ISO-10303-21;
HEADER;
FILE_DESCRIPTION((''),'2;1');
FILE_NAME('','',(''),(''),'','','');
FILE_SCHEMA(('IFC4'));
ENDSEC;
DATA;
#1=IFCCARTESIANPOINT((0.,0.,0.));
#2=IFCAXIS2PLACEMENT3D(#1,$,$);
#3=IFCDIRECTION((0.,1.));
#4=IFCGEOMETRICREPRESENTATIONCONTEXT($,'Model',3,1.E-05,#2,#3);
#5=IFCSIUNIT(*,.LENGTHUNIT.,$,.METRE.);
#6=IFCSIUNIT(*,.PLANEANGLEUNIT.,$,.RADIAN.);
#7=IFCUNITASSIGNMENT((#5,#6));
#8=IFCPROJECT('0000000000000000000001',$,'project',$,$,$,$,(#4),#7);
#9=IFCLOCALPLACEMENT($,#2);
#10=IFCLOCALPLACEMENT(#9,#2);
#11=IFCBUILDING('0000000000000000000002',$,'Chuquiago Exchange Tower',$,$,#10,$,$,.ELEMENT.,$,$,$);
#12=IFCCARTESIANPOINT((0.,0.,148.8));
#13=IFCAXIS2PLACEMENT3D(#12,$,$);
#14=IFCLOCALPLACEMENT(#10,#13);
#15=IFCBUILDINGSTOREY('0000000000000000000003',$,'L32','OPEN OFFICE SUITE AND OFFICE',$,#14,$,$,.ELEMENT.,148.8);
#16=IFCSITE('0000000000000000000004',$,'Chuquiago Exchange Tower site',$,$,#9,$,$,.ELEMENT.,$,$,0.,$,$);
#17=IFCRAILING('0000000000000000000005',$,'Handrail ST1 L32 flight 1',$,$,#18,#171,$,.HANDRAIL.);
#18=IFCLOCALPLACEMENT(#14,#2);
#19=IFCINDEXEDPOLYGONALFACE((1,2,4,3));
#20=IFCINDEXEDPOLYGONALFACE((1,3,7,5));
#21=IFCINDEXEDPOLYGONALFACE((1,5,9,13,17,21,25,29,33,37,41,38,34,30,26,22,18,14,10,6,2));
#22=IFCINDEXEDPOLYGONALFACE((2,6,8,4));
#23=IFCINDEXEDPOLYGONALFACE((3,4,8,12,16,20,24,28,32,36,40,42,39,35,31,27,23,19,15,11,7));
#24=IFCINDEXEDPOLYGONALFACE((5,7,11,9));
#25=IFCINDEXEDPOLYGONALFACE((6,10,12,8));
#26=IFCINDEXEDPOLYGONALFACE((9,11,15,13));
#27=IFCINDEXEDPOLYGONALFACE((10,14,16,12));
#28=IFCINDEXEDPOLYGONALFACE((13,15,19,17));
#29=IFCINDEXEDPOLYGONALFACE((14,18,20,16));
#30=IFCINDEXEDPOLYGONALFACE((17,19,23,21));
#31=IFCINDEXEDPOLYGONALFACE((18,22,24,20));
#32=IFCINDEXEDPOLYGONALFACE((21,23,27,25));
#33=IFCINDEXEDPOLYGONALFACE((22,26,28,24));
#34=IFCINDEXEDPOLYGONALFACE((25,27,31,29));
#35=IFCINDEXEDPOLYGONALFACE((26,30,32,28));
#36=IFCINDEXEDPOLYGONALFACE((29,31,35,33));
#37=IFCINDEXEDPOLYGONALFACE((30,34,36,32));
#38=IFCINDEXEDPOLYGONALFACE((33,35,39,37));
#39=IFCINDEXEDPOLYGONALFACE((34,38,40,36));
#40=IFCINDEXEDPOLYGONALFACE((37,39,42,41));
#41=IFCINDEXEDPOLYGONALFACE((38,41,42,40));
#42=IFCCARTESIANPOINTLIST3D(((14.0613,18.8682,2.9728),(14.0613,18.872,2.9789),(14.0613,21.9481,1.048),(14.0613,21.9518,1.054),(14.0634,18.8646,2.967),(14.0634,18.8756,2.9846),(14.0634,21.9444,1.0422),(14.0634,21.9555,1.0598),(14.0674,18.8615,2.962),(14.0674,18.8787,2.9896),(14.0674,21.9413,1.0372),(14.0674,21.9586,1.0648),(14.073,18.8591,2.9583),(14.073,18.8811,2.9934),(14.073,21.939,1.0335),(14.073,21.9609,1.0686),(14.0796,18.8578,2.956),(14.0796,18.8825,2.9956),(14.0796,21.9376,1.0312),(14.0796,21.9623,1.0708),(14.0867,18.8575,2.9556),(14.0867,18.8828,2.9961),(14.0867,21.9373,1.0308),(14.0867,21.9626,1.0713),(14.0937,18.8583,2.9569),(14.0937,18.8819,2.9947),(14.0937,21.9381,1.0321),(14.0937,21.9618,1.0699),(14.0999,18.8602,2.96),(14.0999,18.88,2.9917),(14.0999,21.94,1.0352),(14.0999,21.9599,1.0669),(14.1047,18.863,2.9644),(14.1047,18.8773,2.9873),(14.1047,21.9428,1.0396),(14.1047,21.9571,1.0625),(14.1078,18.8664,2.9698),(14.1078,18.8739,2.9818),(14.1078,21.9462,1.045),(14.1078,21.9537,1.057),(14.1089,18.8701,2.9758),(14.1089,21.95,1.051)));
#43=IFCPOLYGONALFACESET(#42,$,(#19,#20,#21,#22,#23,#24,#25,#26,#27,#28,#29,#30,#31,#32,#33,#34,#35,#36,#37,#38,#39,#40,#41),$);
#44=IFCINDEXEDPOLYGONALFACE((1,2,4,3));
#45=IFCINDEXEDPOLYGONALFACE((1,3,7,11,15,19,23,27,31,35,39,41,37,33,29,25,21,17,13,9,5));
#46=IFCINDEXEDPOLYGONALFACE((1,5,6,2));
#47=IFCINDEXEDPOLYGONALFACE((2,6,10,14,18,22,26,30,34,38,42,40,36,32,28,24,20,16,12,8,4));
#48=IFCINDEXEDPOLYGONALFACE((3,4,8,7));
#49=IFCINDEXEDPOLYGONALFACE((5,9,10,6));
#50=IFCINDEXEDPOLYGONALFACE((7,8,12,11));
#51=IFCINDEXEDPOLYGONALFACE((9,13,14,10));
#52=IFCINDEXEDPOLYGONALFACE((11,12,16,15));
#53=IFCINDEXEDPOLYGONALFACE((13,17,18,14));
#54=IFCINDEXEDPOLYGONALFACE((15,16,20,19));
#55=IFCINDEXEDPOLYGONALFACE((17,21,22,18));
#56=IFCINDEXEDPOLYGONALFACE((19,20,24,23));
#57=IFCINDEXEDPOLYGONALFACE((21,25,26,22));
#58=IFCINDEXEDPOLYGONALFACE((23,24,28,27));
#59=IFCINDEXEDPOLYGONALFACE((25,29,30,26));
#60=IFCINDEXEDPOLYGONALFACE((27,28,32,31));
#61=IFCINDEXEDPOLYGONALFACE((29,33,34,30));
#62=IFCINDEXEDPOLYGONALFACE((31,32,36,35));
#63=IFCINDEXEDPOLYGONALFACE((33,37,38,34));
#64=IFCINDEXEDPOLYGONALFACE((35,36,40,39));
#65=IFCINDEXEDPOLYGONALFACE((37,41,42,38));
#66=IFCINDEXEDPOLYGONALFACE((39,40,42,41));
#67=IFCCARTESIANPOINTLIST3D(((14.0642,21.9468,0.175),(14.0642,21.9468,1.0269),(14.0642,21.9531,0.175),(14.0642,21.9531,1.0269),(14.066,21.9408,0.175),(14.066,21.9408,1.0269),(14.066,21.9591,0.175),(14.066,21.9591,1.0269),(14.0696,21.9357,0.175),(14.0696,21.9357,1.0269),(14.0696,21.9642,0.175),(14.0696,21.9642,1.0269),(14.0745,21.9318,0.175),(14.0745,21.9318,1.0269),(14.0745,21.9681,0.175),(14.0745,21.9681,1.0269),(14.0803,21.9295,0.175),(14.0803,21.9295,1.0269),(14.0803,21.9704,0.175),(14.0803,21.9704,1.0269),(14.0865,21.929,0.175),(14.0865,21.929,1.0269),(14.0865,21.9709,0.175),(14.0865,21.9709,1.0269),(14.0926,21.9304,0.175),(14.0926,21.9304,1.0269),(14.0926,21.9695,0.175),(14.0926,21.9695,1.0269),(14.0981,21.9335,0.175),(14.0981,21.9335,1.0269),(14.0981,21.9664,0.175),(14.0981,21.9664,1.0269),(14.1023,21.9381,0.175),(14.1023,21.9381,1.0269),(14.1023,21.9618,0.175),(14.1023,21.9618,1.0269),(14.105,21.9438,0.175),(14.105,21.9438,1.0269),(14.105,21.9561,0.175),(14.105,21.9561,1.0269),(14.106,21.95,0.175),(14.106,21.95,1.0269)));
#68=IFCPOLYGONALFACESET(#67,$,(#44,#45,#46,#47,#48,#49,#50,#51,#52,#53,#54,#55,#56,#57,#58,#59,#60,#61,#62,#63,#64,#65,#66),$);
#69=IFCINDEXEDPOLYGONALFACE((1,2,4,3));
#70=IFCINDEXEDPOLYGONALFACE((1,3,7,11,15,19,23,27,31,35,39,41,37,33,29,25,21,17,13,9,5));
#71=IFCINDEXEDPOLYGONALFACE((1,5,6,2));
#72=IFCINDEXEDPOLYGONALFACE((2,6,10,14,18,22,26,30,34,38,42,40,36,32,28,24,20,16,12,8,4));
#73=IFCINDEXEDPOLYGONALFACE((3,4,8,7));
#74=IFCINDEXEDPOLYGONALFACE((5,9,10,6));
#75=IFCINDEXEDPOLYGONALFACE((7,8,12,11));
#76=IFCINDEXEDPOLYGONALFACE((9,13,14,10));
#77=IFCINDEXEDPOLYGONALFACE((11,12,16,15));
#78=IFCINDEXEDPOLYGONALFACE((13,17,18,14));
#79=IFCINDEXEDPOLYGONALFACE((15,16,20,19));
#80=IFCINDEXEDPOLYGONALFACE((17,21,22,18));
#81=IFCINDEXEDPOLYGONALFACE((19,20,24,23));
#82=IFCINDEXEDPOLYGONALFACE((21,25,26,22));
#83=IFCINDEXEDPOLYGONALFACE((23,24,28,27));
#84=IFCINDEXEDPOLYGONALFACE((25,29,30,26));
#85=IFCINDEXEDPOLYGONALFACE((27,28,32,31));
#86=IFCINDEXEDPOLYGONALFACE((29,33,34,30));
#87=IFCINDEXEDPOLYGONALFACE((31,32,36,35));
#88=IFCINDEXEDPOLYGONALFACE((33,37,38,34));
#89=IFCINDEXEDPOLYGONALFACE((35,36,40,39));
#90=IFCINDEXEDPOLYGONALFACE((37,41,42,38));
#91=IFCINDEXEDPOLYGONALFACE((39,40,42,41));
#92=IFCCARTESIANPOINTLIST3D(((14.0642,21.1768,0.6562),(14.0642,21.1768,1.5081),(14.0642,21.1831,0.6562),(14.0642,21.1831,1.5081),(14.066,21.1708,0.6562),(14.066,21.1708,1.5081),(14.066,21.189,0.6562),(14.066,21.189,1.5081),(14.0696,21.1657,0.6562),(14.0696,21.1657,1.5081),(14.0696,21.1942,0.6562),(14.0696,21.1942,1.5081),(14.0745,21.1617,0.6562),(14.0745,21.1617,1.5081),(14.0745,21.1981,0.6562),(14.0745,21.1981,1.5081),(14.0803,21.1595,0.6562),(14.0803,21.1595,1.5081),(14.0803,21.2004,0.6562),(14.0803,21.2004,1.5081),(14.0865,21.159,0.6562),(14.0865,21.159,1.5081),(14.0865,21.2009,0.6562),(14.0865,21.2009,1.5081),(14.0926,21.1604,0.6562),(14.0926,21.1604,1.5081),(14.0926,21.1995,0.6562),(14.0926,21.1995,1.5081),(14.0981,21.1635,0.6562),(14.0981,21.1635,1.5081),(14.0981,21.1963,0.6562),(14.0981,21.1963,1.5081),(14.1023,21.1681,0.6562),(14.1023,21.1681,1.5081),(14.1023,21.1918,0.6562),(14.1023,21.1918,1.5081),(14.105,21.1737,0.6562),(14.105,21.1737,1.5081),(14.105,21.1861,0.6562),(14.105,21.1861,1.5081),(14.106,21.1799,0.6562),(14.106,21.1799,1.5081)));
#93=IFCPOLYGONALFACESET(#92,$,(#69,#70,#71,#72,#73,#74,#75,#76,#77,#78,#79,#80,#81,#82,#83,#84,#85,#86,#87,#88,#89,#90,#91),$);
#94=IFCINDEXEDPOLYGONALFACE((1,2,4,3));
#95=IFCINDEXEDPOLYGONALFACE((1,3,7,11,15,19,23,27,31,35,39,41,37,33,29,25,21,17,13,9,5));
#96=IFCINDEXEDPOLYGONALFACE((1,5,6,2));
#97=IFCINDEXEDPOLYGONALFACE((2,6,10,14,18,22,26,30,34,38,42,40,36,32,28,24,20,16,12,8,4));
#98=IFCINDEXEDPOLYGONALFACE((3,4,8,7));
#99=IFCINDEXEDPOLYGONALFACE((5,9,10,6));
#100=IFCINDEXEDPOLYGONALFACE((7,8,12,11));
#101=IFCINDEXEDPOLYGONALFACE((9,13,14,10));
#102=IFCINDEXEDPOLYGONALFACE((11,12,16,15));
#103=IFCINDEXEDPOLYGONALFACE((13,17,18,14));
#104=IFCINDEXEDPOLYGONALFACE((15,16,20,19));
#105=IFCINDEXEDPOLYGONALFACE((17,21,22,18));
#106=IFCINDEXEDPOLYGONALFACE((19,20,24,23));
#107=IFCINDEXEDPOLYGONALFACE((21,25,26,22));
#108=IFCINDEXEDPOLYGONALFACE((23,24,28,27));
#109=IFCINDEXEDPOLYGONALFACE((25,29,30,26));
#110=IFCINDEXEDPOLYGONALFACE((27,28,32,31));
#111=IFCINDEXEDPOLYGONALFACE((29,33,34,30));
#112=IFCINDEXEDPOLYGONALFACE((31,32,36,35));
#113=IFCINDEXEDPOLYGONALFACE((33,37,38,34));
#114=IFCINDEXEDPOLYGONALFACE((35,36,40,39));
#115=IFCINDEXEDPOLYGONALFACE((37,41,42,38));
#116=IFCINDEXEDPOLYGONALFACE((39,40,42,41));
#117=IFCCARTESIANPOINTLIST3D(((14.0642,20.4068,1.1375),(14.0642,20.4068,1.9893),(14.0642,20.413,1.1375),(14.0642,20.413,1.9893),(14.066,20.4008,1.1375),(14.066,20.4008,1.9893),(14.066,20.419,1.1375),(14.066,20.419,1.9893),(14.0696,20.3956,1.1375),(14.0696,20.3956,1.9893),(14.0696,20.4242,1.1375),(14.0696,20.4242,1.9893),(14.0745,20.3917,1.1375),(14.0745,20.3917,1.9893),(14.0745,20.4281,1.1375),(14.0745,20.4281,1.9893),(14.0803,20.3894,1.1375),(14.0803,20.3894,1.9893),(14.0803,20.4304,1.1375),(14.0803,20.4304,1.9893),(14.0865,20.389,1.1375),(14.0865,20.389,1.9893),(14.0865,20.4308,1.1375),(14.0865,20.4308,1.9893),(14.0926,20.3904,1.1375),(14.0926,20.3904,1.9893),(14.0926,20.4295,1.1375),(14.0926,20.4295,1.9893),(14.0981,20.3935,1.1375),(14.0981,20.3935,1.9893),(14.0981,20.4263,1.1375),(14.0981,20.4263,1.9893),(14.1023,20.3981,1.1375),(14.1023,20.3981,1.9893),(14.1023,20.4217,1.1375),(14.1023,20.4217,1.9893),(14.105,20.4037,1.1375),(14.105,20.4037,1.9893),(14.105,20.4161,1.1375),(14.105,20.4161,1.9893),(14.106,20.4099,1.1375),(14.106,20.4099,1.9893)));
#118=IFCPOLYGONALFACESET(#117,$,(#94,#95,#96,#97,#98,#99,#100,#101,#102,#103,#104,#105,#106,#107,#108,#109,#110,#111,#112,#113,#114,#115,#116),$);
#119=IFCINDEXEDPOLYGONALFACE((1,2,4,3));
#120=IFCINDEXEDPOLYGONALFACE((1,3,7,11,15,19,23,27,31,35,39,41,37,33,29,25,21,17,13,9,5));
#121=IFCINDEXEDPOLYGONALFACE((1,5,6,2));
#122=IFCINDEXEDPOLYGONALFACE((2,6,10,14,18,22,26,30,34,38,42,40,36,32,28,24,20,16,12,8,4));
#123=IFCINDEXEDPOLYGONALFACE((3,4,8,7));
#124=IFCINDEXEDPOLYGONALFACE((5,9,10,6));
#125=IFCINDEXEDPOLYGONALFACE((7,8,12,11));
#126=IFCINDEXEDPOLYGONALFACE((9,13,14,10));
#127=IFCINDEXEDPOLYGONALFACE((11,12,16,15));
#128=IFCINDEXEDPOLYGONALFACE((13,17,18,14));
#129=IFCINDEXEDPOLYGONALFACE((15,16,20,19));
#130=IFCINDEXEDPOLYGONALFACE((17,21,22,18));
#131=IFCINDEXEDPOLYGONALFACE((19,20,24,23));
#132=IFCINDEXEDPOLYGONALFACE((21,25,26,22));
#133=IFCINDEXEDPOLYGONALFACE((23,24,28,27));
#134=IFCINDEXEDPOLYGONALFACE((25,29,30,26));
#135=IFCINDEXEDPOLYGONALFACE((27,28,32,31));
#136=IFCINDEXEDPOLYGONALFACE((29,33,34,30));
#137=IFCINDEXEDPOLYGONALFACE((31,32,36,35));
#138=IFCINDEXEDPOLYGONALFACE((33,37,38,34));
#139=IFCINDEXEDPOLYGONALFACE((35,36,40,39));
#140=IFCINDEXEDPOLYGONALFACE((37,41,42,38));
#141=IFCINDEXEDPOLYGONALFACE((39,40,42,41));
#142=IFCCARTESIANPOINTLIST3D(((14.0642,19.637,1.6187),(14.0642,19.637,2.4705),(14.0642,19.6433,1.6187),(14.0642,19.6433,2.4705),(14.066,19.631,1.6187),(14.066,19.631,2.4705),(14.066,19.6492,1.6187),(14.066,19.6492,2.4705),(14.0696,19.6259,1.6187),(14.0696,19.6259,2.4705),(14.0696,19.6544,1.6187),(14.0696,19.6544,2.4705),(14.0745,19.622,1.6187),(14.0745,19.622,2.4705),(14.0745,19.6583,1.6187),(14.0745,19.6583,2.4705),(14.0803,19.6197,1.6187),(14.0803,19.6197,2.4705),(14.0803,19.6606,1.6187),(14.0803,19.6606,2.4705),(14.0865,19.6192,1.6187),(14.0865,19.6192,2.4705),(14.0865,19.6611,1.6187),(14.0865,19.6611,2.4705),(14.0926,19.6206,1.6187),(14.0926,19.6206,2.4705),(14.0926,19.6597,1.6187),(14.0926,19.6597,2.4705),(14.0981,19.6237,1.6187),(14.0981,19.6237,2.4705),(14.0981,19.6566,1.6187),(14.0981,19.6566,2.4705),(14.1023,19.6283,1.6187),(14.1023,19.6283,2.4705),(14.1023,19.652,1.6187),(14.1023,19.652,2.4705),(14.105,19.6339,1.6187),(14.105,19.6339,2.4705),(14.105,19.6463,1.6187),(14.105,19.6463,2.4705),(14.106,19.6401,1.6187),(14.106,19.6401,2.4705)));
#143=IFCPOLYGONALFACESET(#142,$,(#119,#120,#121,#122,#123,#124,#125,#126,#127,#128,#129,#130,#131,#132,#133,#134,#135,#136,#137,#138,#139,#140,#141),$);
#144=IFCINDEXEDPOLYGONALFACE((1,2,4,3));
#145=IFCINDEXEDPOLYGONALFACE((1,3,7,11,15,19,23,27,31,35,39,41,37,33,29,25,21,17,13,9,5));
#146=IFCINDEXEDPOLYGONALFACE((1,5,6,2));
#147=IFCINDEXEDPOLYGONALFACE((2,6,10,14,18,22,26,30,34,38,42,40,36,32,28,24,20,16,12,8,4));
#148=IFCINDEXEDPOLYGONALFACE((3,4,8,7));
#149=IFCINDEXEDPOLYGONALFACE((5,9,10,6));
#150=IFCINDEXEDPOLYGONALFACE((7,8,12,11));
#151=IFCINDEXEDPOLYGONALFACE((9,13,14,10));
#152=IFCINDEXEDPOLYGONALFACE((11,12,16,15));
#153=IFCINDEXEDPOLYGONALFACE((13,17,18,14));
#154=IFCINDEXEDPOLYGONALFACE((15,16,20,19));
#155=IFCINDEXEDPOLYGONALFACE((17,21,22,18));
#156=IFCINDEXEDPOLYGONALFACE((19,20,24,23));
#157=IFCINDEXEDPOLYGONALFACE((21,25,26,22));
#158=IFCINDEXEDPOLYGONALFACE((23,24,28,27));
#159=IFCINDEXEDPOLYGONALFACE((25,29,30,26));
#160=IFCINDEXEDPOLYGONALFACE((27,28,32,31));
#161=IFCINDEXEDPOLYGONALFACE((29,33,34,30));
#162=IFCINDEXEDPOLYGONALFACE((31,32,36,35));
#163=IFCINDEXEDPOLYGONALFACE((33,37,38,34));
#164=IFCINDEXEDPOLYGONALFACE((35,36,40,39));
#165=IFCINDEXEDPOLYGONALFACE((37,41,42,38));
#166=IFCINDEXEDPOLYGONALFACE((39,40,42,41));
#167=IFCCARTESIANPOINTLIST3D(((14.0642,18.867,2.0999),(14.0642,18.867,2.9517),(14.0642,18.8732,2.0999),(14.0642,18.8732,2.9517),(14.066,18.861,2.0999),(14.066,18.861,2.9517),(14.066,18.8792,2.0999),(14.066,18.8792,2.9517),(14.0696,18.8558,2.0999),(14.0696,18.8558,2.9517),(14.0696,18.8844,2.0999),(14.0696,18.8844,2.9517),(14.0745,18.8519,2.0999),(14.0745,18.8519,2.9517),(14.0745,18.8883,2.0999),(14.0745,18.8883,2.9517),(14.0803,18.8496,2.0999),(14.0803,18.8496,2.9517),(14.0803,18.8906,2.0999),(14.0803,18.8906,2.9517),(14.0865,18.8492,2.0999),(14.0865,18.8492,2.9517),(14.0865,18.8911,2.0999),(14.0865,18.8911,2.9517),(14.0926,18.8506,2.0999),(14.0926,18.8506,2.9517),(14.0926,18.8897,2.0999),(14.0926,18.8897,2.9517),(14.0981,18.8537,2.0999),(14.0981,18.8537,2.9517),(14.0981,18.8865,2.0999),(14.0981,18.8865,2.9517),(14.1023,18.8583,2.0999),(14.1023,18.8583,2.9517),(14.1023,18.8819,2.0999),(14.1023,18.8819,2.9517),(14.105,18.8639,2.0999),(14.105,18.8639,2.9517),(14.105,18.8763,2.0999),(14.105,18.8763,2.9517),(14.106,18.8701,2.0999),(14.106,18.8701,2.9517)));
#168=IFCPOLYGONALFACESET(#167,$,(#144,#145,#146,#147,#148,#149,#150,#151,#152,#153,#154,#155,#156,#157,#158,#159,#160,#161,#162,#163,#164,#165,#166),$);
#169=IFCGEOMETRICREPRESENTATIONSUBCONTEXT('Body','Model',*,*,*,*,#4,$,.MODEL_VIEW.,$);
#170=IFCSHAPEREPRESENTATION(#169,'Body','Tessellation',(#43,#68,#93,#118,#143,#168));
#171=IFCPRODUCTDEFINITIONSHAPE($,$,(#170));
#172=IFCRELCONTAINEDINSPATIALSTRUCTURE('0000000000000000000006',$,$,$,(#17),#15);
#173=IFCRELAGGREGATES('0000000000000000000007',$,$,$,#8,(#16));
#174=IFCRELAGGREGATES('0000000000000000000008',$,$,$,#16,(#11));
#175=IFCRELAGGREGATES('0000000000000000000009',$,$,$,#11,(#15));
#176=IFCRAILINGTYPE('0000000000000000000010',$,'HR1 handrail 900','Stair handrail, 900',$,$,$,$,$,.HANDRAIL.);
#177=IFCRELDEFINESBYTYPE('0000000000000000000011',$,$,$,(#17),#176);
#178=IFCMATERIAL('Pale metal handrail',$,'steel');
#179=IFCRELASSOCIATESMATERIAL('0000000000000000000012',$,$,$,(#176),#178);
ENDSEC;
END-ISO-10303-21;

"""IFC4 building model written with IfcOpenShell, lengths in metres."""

from ifc_helpers import new_model, si_unit, direction, frame, origin, origin_2d, place, context, subcontext, project, spatial, circle, extrude, material, type_object, element, save


model = new_model("IFC4")

# Units and contexts
model_context = context("Model", 3, precision=1e-05, world=origin(), true_north=direction((0.0, 1.0)))
body_context = subcontext(model_context, "Body", "Model", "MODEL_VIEW")
ifc_project = project(units=[si_unit("LENGTHUNIT", "METRE"), si_unit("PLANEANGLEUNIT", "RADIAN")], contexts=[model_context])

# Site, building, storey
site_placement = place(None, origin())
site = spatial("IfcSite", under=ifc_project, at=site_placement, Name="Chuquiago Exchange Tower site", CompositionType="ELEMENT", RefElevation=0.0)
building_placement = place(site_placement, origin())
building = spatial("IfcBuilding", under=site, at=building_placement, Name="Chuquiago Exchange Tower", CompositionType="ELEMENT")
storey_placement = place(building_placement, frame((0.0, 0.0, 148.8)))
storey = spatial("IfcBuildingStorey", under=building, at=storey_placement, Name="L32", Description="OPEN OFFICE SUITE AND OFFICE", CompositionType="ELEMENT", Elevation=148.8)

# Railing
ifc_material_1 = material(Name="Pale metal handrail", Category="steel")
railing_type = type_object("IfcRailingType", Name="HR1 handrail 900", Description="Stair handrail, 900", PredefinedType="HANDRAIL", material=ifc_material_1)
for number, where, name in (
    (1, (14.085, 21.95, 0.175), "Handrail ST1 L32 flight 1"),
):
    element("IfcRailing", number, at=place(storey_placement, frame(where)), inside=storey, type_object=railing_type, Name=name, PredefinedType="HANDRAIL", context=body_context, shape_type="SweptSolid", body=[
        extrude(circle(Radius=0.0239, at=origin_2d()), frame((0.0, 0.0, 0.876), z_axis=(0.0, -0.84801, 0.529981), x_axis=(1.0, 0.0, 0.0)), (0.0, 0.0, 1.0), 3.6318),
        extrude(circle(Radius=0.021, at=origin_2d()), origin(), (0.0, 0.0, 1.0), 0.8518),
        extrude(circle(Radius=0.021, at=origin_2d()), frame((0.0, -0.77, 0.4812)), (0.0, 0.0, 1.0), 0.8518),
        extrude(circle(Radius=0.021, at=origin_2d()), frame((0.0, -1.54, 0.9624)), (0.0, 0.0, 1.0), 0.8518),
        extrude(circle(Radius=0.021, at=origin_2d()), frame((0.0, -2.3098, 1.4436)), (0.0, 0.0, 1.0), 0.8518),
        extrude(circle(Radius=0.021, at=origin_2d()), frame((0.0, -3.0798, 1.9248)), (0.0, 0.0, 1.0), 0.8518),
    ])

save(model, "model.ifc")
